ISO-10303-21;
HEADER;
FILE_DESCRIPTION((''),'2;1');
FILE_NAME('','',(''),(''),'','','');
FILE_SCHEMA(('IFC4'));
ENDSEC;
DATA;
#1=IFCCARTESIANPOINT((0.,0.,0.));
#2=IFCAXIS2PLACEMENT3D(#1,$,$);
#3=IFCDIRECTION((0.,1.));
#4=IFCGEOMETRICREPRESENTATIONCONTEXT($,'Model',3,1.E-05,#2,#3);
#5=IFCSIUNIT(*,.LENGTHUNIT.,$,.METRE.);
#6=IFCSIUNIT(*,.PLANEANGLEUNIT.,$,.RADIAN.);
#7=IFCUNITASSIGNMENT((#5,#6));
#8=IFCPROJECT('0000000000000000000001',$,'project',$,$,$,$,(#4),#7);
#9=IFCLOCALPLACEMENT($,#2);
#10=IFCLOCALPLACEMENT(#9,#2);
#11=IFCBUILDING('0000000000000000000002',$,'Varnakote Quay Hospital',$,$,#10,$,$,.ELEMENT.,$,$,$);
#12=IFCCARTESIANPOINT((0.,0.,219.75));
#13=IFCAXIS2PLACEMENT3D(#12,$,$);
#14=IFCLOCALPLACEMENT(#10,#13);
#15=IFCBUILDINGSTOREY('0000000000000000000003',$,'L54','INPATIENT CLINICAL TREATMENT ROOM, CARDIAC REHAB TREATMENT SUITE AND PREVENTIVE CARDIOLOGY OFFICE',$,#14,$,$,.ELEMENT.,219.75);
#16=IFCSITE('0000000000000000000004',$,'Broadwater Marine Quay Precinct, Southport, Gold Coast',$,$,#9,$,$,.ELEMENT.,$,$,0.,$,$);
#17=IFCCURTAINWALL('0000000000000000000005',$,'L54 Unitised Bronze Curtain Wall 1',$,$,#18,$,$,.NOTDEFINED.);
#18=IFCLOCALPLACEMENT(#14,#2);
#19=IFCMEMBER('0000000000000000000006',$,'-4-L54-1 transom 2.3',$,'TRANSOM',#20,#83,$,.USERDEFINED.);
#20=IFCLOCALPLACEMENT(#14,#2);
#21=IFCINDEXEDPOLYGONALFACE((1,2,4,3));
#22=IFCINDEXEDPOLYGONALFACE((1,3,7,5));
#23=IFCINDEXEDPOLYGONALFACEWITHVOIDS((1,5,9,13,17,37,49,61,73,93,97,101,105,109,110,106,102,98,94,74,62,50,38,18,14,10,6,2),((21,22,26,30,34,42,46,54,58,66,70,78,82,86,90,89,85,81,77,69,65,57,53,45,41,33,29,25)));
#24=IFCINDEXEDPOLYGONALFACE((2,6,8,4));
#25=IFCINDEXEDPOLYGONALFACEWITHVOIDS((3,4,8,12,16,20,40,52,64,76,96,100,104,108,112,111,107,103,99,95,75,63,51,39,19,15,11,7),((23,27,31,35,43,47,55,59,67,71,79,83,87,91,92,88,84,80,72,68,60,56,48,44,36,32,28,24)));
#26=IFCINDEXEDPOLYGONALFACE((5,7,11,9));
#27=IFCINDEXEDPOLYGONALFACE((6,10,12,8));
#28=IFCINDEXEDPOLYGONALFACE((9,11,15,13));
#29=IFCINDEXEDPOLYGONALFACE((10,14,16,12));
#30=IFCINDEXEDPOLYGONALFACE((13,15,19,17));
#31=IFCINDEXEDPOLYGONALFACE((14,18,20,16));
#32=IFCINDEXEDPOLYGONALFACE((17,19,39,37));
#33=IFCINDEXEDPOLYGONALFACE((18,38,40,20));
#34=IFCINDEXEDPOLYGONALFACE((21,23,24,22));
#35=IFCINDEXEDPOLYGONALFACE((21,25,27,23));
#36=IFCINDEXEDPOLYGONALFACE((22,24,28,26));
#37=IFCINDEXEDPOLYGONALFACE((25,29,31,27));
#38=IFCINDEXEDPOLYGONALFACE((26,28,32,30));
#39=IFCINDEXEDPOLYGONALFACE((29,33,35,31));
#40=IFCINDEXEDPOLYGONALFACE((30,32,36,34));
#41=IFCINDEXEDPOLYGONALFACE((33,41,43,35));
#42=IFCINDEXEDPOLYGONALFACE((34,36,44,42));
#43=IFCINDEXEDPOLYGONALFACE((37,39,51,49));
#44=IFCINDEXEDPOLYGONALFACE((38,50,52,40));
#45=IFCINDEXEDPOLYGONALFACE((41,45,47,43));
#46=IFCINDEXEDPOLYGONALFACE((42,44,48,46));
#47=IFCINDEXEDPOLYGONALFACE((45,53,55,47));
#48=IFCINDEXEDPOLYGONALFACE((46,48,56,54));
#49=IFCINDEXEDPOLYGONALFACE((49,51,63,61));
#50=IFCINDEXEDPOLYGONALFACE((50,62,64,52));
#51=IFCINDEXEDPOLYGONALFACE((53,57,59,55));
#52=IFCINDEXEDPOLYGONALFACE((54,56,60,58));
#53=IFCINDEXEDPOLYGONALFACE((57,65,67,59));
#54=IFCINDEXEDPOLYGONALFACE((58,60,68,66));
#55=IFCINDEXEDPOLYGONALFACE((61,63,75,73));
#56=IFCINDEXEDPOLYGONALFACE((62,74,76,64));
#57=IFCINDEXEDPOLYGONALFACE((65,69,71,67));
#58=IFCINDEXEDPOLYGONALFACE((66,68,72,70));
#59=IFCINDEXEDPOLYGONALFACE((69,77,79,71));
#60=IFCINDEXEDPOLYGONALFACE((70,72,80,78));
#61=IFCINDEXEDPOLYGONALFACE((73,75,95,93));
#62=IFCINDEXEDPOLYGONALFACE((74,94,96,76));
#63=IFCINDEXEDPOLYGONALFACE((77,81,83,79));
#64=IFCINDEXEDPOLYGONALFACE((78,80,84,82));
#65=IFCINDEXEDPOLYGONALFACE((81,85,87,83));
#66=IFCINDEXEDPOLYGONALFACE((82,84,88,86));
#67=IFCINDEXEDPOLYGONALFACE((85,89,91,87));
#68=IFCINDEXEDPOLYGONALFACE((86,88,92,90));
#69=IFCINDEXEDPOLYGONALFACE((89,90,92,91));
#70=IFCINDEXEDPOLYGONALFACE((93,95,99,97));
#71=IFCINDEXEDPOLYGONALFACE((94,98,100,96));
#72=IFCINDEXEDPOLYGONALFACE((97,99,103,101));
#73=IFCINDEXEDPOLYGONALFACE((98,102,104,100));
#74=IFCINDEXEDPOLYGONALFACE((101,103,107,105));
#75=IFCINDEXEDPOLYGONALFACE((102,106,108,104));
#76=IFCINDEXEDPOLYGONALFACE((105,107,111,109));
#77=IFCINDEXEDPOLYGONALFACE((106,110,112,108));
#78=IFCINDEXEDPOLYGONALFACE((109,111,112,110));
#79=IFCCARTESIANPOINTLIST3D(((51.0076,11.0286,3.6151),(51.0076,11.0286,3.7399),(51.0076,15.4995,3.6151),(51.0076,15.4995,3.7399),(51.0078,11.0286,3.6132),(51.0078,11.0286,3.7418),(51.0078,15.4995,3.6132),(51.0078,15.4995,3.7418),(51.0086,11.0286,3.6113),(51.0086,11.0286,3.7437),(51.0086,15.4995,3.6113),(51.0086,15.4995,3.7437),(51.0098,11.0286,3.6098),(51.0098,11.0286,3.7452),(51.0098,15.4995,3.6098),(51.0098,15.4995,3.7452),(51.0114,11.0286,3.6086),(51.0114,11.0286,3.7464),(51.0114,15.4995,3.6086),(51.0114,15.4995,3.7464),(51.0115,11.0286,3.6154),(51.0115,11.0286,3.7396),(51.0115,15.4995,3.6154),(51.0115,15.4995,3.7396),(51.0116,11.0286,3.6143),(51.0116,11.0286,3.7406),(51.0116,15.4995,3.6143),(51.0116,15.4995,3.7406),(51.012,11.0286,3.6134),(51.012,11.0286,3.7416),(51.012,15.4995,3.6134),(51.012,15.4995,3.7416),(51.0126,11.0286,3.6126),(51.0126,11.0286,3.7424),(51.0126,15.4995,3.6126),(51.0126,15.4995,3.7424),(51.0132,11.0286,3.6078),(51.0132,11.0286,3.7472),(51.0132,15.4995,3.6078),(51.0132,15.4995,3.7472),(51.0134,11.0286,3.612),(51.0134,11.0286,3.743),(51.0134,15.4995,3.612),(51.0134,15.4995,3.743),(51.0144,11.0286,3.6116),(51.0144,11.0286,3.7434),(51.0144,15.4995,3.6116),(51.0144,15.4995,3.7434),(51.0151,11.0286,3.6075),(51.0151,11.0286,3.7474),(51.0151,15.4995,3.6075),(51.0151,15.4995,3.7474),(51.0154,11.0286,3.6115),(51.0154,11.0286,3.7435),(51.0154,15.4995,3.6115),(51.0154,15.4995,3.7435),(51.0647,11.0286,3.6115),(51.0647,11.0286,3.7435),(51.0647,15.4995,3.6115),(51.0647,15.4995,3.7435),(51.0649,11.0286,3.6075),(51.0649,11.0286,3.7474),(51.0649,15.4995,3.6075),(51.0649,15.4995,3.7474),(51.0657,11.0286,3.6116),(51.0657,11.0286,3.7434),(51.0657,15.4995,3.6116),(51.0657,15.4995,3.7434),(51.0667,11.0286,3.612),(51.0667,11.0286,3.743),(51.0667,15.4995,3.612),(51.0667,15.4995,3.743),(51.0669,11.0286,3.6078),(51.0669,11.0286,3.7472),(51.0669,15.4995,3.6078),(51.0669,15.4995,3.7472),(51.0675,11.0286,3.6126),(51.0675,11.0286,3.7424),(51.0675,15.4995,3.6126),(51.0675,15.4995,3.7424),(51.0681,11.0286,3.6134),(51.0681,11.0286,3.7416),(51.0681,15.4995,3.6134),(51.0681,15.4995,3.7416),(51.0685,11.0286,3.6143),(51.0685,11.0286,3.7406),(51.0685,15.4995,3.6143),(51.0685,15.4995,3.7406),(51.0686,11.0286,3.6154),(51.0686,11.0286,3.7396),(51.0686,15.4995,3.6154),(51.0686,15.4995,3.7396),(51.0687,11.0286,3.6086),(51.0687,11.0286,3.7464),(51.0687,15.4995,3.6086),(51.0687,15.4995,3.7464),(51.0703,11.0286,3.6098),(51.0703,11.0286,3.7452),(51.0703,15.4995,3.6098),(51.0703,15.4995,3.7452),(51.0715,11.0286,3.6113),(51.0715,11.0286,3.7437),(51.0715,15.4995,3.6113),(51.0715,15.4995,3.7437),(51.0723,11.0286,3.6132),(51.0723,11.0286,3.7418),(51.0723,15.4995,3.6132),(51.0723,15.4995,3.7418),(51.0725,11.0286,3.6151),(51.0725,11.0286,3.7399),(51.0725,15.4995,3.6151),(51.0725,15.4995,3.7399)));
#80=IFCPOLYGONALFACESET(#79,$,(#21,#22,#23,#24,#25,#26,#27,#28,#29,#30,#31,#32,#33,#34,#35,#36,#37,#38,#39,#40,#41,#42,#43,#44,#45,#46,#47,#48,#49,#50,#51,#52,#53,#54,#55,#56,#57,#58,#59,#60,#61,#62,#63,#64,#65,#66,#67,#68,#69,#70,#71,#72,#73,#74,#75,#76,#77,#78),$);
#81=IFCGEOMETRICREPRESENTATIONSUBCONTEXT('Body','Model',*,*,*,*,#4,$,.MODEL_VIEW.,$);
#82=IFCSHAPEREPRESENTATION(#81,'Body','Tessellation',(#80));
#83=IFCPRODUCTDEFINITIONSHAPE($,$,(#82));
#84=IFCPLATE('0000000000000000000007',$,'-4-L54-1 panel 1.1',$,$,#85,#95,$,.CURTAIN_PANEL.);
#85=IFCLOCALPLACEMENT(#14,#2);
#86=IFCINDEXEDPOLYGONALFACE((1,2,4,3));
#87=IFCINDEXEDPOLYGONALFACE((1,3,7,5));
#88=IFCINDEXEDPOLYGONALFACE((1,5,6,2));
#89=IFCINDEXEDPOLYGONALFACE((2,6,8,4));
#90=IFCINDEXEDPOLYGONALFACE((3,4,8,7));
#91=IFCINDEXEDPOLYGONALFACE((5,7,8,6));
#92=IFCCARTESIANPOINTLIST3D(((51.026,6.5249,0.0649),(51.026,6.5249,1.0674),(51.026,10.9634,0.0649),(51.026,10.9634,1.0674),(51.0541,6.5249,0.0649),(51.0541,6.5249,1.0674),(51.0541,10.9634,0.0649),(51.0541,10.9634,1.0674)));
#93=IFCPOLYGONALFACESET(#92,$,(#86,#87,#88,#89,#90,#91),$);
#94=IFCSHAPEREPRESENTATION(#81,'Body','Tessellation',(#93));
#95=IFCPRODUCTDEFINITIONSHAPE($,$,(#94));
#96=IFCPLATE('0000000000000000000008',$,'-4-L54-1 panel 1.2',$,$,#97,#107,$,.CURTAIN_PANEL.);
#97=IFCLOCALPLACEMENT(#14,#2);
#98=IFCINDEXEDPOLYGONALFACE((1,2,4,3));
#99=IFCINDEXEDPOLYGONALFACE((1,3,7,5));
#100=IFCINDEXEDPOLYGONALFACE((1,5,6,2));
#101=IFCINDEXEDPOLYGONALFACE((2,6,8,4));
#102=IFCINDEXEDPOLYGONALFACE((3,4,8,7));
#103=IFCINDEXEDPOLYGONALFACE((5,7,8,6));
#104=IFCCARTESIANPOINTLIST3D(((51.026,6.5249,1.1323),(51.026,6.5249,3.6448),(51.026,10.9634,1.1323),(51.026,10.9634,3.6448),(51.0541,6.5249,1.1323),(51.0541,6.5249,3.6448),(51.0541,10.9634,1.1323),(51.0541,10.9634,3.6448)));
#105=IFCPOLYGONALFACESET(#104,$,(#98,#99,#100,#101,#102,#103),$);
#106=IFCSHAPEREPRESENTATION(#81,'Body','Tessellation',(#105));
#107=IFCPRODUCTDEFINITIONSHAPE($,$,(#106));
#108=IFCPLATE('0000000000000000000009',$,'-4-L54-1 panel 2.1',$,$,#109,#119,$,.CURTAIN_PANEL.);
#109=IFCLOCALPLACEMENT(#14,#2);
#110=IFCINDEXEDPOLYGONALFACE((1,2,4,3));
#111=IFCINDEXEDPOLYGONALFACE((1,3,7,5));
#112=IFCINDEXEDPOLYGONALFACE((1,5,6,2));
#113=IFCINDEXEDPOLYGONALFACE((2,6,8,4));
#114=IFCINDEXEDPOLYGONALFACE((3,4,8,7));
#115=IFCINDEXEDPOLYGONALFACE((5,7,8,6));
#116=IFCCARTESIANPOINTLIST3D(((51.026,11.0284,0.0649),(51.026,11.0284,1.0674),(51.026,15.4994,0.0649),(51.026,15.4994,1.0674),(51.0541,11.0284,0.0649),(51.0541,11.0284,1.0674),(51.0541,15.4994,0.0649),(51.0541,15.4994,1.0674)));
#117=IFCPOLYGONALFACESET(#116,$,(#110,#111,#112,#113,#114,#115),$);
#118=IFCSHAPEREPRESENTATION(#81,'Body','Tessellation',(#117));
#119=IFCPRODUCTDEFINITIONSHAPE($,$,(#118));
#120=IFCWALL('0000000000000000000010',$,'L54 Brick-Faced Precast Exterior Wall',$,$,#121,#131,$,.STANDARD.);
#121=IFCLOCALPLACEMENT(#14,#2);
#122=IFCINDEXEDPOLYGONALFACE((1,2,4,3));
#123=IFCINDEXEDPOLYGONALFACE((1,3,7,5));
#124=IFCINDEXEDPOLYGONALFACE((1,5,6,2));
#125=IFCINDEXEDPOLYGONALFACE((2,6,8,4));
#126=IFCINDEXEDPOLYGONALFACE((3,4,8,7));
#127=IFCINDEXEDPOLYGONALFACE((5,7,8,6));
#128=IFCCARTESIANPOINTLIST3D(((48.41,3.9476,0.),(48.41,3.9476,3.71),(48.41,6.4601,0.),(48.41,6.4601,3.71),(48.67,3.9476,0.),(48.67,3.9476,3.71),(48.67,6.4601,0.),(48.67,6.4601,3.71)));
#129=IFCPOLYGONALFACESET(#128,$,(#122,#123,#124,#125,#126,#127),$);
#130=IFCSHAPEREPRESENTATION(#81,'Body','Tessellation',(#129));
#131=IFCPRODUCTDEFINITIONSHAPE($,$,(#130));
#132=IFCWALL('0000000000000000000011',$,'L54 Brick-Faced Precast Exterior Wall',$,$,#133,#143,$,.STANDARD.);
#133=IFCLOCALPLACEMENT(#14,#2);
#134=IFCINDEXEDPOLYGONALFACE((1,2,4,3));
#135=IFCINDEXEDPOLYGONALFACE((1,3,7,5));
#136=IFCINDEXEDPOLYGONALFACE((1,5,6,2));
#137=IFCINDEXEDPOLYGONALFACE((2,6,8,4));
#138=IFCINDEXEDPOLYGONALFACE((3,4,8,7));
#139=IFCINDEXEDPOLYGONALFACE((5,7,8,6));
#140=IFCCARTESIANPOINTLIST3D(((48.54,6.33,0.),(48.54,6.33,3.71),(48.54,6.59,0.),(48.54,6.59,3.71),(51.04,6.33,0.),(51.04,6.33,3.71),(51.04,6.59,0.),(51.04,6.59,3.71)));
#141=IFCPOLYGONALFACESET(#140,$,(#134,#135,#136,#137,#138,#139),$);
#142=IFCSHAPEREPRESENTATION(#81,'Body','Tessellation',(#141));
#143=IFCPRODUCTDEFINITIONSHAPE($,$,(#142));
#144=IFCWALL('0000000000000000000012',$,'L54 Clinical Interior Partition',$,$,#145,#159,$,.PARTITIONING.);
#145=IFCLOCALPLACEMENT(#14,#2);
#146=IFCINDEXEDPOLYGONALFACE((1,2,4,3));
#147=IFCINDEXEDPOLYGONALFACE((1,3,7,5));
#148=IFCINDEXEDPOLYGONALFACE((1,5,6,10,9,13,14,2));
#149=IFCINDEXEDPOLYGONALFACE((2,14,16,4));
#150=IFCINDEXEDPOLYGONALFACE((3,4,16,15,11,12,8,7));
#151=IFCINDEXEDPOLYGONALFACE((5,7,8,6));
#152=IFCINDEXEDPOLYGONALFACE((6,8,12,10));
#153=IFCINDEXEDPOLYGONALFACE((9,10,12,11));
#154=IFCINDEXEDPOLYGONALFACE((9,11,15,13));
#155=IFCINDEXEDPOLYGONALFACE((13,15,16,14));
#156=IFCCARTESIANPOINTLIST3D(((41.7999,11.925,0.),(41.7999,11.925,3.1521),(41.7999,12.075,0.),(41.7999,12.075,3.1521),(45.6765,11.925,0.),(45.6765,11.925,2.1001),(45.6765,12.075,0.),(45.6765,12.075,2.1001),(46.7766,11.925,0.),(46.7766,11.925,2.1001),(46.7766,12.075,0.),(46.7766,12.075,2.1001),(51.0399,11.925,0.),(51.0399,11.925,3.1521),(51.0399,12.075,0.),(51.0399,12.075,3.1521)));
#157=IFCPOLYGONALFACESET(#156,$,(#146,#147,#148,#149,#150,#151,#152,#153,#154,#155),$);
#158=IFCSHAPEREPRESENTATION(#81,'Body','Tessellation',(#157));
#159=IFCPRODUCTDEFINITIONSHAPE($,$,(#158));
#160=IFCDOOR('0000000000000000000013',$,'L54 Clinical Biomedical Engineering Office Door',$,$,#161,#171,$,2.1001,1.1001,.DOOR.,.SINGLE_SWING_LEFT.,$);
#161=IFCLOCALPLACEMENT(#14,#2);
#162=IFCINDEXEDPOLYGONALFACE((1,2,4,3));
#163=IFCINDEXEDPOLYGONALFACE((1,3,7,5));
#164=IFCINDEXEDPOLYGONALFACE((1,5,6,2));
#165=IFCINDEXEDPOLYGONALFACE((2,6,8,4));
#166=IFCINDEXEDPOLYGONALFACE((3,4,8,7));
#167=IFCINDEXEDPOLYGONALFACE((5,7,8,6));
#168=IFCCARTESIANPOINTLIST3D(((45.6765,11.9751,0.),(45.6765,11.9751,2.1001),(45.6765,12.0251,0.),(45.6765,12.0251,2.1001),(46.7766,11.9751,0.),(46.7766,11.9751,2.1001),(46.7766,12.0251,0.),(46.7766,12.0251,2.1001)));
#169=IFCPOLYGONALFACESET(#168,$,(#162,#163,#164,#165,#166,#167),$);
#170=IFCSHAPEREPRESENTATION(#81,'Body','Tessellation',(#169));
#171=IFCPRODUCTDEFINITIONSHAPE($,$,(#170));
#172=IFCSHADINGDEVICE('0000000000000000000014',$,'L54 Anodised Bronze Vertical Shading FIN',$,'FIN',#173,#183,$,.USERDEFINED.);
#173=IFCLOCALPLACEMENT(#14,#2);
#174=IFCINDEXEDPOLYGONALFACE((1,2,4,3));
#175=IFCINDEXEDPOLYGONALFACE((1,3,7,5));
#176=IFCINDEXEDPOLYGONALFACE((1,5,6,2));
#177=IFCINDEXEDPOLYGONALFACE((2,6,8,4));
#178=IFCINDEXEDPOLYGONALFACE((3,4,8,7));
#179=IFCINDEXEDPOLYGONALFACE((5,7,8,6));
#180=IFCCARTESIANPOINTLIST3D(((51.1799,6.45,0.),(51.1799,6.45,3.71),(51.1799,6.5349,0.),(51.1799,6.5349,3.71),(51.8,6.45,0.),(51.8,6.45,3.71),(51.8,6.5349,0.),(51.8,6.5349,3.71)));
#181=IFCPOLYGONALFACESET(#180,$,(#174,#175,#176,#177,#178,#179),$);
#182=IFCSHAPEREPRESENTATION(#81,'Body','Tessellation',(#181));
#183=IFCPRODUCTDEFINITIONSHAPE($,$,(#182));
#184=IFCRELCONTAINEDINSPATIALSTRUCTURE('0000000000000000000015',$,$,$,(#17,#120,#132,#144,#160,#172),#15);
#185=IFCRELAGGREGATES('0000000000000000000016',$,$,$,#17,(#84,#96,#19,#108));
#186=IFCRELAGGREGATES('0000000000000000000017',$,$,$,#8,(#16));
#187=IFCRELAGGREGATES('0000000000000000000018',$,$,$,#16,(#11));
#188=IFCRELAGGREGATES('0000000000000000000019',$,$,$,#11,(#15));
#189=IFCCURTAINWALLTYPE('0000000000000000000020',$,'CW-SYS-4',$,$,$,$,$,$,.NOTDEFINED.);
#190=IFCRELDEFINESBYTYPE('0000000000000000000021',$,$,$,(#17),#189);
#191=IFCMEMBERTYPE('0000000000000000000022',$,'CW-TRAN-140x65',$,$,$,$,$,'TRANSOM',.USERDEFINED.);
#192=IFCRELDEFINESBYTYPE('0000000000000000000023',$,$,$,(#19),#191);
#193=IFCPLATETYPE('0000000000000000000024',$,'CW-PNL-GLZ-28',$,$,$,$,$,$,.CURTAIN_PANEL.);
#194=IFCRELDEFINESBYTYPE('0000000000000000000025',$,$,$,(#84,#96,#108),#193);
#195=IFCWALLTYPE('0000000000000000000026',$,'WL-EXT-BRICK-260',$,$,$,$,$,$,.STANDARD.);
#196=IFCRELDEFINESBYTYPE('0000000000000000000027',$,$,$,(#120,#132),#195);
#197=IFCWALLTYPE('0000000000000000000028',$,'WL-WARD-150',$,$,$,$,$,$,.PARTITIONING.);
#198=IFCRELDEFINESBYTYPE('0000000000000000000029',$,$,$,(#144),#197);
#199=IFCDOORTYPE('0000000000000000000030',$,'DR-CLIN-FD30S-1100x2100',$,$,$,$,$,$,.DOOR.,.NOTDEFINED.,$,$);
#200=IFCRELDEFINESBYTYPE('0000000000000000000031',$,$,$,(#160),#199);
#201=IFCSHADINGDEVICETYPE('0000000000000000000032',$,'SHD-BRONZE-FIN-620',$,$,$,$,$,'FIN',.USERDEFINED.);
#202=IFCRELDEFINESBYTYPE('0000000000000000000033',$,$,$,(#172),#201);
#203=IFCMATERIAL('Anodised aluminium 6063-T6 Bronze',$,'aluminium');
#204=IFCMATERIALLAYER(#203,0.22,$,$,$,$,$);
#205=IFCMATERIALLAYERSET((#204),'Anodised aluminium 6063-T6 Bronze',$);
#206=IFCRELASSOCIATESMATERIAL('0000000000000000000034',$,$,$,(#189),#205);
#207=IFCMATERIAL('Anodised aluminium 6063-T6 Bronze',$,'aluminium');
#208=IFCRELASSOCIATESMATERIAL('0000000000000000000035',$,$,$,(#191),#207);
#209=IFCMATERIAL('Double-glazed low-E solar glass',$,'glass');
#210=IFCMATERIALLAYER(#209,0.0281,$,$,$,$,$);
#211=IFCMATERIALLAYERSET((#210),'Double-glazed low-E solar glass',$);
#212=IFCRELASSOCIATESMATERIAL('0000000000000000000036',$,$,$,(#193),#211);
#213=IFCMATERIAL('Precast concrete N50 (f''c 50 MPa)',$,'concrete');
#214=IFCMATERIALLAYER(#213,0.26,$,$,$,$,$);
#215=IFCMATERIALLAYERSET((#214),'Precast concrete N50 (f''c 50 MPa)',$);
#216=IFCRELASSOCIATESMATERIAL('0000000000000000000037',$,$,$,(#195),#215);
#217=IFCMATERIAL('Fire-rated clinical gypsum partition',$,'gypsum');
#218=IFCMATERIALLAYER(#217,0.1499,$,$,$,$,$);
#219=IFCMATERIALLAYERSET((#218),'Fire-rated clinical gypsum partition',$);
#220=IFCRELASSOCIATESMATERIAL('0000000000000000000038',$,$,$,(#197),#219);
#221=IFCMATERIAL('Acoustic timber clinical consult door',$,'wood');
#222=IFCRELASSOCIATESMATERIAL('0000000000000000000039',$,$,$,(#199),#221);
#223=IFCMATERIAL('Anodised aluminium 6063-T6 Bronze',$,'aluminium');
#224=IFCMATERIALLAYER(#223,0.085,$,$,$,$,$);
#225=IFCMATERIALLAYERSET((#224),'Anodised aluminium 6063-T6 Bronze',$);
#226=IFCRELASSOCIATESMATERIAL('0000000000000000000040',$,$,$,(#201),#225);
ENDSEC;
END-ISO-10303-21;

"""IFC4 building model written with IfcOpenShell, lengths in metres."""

from ifc_helpers import new_model, si_unit, direction, frame, frame_2d, origin, origin_2d, place, context, subcontext, project, spatial, rectangle, hollow_rectangle, extrude, material, layer, layer_set, material_profile, profile_set, type_object, element, fill, aggregate, save


model = new_model("IFC4")

# Units and contexts
model_context = context("Model", 3, precision=1e-05, world=origin(), true_north=direction((0.0, 1.0)))
body_context = subcontext(model_context, "Body", "Model", "MODEL_VIEW")
ifc_project = project(units=[si_unit("LENGTHUNIT", "METRE"), si_unit("PLANEANGLEUNIT", "RADIAN")], contexts=[model_context])

# Site, building, storey
site_placement = place(None, origin())
site = spatial("IfcSite", under=ifc_project, at=site_placement, Name="Broadwater Marine Quay Precinct, Southport, Gold Coast", CompositionType="ELEMENT", RefElevation=0.0)
building_placement = place(site_placement, origin())
building = spatial("IfcBuilding", under=site, at=building_placement, Name="Varnakote Quay Hospital", CompositionType="ELEMENT")
storey_placement = place(building_placement, frame((0.0, 0.0, 219.75)))
storey = spatial("IfcBuildingStorey", under=building, at=storey_placement, Name="L54", Description="INPATIENT CLINICAL TREATMENT ROOM, CARDIAC REHAB TREATMENT SUITE AND PREVENTIVE CARDIOLOGY OFFICE", CompositionType="ELEMENT", Elevation=219.75)

# Curtain wall, member, plates
ifc_material_1 = material(Name="Anodised aluminium 6063-T6 Bronze", Category="aluminium")
ifc_layer_1 = layer(ifc_material_1, 0.22)
ifc_layer_set_1 = layer_set([ifc_layer_1], Name="Anodised aluminium 6063-T6 Bronze")
curtain_wall_type = type_object("IfcCurtainWallType", Name="CW-SYS-4", PredefinedType="NOTDEFINED", material=ifc_layer_set_1)
curtain_wall_placement = place(storey_placement, origin())
curtain_wall = element("IfcCurtainWall", 1, at=curtain_wall_placement, inside=storey, type_object=curtain_wall_type, Name="L54 Unitised Bronze Curtain Wall 1", PredefinedType="NOTDEFINED")
ifc_material_2 = material(Name="Anodised aluminium 6063-T6 Bronze", Category="aluminium")
ifc_material_profile_1 = material_profile(ifc_material_2, hollow_rectangle(XDim=0.0649, YDim=0.1399, WallThickness=0.0039, InnerFilletRadius=0.0039, OuterFilletRadius=0.0076, at=origin_2d()), Name="CW-TRAN-140x65")
ifc_profile_set_1 = profile_set([ifc_material_profile_1], Name="Anodised aluminium 6063-T6 Bronze")
member_type_1 = type_object("IfcMemberType", Name="CW-TRAN-140x65", ElementType="TRANSOM", PredefinedType="USERDEFINED", material=ifc_profile_set_1)
member_1_placement = place(storey_placement, frame((51.04, 11.0286, 3.6775), z_axis=(0.0, 1.0, 0.0), x_axis=(-1.0, 0.0, 0.0)))
member_1 = element("IfcMember", 2, at=member_1_placement, type_object=member_type_1, Name="-4-L54-1 transom 2.3", ObjectType="TRANSOM", PredefinedType="USERDEFINED", context=body_context, shape_type="SweptSolid", body=[
    extrude(hollow_rectangle(XDim=0.0649, YDim=0.1399, WallThickness=0.0039, InnerFilletRadius=0.0039, OuterFilletRadius=0.0076, at=origin_2d()), origin(), (0.0, 0.0, 1.0), 4.4709),
])
ifc_material_3 = material(Name="Double-glazed low-E solar glass", Category="glass")
ifc_layer_2 = layer(ifc_material_3, 0.0281)
ifc_layer_set_2 = layer_set([ifc_layer_2], Name="Double-glazed low-E solar glass")
plate_type = type_object("IfcPlateType", Name="CW-PNL-GLZ-28", PredefinedType="CURTAIN_PANEL", material=ifc_layer_set_2)
plate_1_placement = place(storey_placement, frame((51.04, 8.7441, 0.0649), z_axis=(0.0, 0.0, 1.0), x_axis=(0.0, 1.0, 0.0)))
plate_1 = element("IfcPlate", 3, at=plate_1_placement, type_object=plate_type, Name="-4-L54-1 panel 1.1", PredefinedType="CURTAIN_PANEL", context=body_context, shape_type="SweptSolid", body=[
    extrude(rectangle(XDim=4.4385, YDim=0.0281, at=origin_2d()), origin(), (0.0, 0.0, 1.0), 1.0024),
])
plate_2_placement = place(storey_placement, frame((51.04, 8.7441, 1.1323), z_axis=(0.0, 0.0, 1.0), x_axis=(0.0, 1.0, 0.0)))
plate_2 = element("IfcPlate", 4, at=plate_2_placement, type_object=plate_type, Name="-4-L54-1 panel 1.2", PredefinedType="CURTAIN_PANEL", context=body_context, shape_type="SweptSolid", body=[
    extrude(rectangle(XDim=4.4385, YDim=0.0281, at=origin_2d()), origin(), (0.0, 0.0, 1.0), 2.5125),
])
plate_3_placement = place(storey_placement, frame((51.04, 13.2639, 0.0649), z_axis=(0.0, 0.0, 1.0), x_axis=(0.0, 1.0, 0.0)))
plate_3 = element("IfcPlate", 5, at=plate_3_placement, type_object=plate_type, Name="-4-L54-1 panel 2.1", PredefinedType="CURTAIN_PANEL", context=body_context, shape_type="SweptSolid", body=[
    extrude(rectangle(XDim=4.4709, YDim=0.0281, at=origin_2d()), origin(), (0.0, 0.0, 1.0), 1.0024),
])
aggregate(curtain_wall, [plate_1, plate_2, member_1, plate_3])

# Walls
ifc_material_4 = material(Name="Precast concrete N50 (f'c 50 MPa)", Category="concrete")
ifc_layer_3 = layer(ifc_material_4, 0.26)
ifc_layer_set_3 = layer_set([ifc_layer_3], Name="Precast concrete N50 (f'c 50 MPa)")
wall_type_1 = type_object("IfcWallType", Name="WL-EXT-BRICK-260", PredefinedType="STANDARD", material=ifc_layer_set_3)
wall_1_placement = place(storey_placement, frame((48.54, 3.9475, 0.0), z_axis=(0.0, 0.0, 1.0), x_axis=(0.0, 1.0, 0.0)))
element("IfcWall", 6, at=wall_1_placement, inside=storey, type_object=wall_type_1, Name="L54 Brick-Faced Precast Exterior Wall", PredefinedType="STANDARD", context=body_context, shape_type="SweptSolid", body=[
    extrude(rectangle(XDim=2.5125, YDim=0.26, at=frame_2d((1.2563, 0.0))), origin(), (0.0, 0.0, 1.0), 3.71),
])
wall_2_placement = place(storey_placement, frame((48.54, 6.46, 0.0), z_axis=(0.0, 0.0, 1.0), x_axis=(1.0, 0.0, 0.0)))
element("IfcWall", 7, at=wall_2_placement, inside=storey, type_object=wall_type_1, Name="L54 Brick-Faced Precast Exterior Wall", PredefinedType="STANDARD", context=body_context, shape_type="SweptSolid", body=[
    extrude(rectangle(XDim=2.5, YDim=0.26, at=frame_2d((1.25, 0.0))), origin(), (0.0, 0.0, 1.0), 3.71),
])

# Wall, opening, door
ifc_material_5 = material(Name="Fire-rated clinical gypsum partition", Category="gypsum")
ifc_layer_4 = layer(ifc_material_5, 0.1499)
ifc_layer_set_4 = layer_set([ifc_layer_4], Name="Fire-rated clinical gypsum partition")
wall_type_2 = type_object("IfcWallType", Name="WL-WARD-150", PredefinedType="PARTITIONING", material=ifc_layer_set_4)
wall_3_placement = place(storey_placement, frame((51.04, 12.0, 0.0), z_axis=(0.0, 0.0, 1.0), x_axis=(-1.0, 0.0, 0.0)))
wall_3 = element("IfcWall", 8, at=wall_3_placement, inside=storey, type_object=wall_type_2, Name="L54 Clinical Interior Partition", PredefinedType="PARTITIONING", context=body_context, shape_type="SweptSolid", body=[
    extrude(rectangle(XDim=9.24, YDim=0.1499, at=frame_2d((4.6201, 0.0))), origin(), (0.0, 0.0, 1.0), 3.1521),
])
opening_placement = place(wall_3_placement, frame((4.2634, 0.0, 0.0)))
opening = element("IfcOpeningElement", 9, at=opening_placement, cuts=wall_3, PredefinedType="OPENING", context=body_context, shape_type="SweptSolid", body=[
    extrude(rectangle(XDim=1.1001, YDim=2.1001, at=frame_2d((0.55, 1.05))), frame((0.0, 0.085, 0.0), z_axis=(0.0, -1.0, 0.0), x_axis=(1.0, 0.0, 0.0)), (0.0, 0.0, 1.0), 0.1699),
])
ifc_material_6 = material(Name="Acoustic timber clinical consult door", Category="wood")
door_type = type_object("IfcDoorType", Name="DR-CLIN-FD30S-1100x2100", OperationType="NOTDEFINED", PredefinedType="DOOR", material=ifc_material_6)
door_placement = place(opening_placement, origin())
door = element("IfcDoor", 10, at=door_placement, inside=storey, type_object=door_type, Name="L54 Clinical Biomedical Engineering Office Door", OperationType="SINGLE_SWING_LEFT", OverallHeight=2.1001, OverallWidth=1.1001, PredefinedType="DOOR", context=body_context, shape_type="SweptSolid", body=[
    extrude(rectangle(XDim=1.1001, YDim=2.1001, at=frame_2d((0.55, 1.05))), frame((0.0, 0.0249, 0.0), z_axis=(0.0, -1.0, 0.0), x_axis=(1.0, 0.0, 0.0)), (0.0, 0.0, 1.0), 0.05),
])
fill(opening, door)

# Shading device
ifc_material_7 = material(Name="Anodised aluminium 6063-T6 Bronze", Category="aluminium")
ifc_layer_5 = layer(ifc_material_7, 0.085)
ifc_layer_set_5 = layer_set([ifc_layer_5], Name="Anodised aluminium 6063-T6 Bronze")
shading_device_type = type_object("IfcShadingDeviceType", Name="SHD-BRONZE-FIN-620", ElementType="FIN", PredefinedType="USERDEFINED", material=ifc_layer_set_5)
for number, where, z_axis, x_axis, name in (
    (11, (51.49, 6.4924, 0.0), (0.0, 0.0, 1.0), (-1.0, 0.0, 0.0), "L54 Anodised Bronze Vertical Shading FIN"),
):
    element("IfcShadingDevice", number, at=place(storey_placement, frame(where, z_axis=z_axis, x_axis=x_axis)), inside=storey, type_object=shading_device_type, Name=name, ObjectType="FIN", PredefinedType="USERDEFINED", context=body_context, shape_type="SweptSolid", body=[
        extrude(rectangle(XDim=0.6201, YDim=0.085, at=origin_2d()), origin(), (0.0, 0.0, 1.0), 3.71),
    ])

save(model, "model.ifc")
